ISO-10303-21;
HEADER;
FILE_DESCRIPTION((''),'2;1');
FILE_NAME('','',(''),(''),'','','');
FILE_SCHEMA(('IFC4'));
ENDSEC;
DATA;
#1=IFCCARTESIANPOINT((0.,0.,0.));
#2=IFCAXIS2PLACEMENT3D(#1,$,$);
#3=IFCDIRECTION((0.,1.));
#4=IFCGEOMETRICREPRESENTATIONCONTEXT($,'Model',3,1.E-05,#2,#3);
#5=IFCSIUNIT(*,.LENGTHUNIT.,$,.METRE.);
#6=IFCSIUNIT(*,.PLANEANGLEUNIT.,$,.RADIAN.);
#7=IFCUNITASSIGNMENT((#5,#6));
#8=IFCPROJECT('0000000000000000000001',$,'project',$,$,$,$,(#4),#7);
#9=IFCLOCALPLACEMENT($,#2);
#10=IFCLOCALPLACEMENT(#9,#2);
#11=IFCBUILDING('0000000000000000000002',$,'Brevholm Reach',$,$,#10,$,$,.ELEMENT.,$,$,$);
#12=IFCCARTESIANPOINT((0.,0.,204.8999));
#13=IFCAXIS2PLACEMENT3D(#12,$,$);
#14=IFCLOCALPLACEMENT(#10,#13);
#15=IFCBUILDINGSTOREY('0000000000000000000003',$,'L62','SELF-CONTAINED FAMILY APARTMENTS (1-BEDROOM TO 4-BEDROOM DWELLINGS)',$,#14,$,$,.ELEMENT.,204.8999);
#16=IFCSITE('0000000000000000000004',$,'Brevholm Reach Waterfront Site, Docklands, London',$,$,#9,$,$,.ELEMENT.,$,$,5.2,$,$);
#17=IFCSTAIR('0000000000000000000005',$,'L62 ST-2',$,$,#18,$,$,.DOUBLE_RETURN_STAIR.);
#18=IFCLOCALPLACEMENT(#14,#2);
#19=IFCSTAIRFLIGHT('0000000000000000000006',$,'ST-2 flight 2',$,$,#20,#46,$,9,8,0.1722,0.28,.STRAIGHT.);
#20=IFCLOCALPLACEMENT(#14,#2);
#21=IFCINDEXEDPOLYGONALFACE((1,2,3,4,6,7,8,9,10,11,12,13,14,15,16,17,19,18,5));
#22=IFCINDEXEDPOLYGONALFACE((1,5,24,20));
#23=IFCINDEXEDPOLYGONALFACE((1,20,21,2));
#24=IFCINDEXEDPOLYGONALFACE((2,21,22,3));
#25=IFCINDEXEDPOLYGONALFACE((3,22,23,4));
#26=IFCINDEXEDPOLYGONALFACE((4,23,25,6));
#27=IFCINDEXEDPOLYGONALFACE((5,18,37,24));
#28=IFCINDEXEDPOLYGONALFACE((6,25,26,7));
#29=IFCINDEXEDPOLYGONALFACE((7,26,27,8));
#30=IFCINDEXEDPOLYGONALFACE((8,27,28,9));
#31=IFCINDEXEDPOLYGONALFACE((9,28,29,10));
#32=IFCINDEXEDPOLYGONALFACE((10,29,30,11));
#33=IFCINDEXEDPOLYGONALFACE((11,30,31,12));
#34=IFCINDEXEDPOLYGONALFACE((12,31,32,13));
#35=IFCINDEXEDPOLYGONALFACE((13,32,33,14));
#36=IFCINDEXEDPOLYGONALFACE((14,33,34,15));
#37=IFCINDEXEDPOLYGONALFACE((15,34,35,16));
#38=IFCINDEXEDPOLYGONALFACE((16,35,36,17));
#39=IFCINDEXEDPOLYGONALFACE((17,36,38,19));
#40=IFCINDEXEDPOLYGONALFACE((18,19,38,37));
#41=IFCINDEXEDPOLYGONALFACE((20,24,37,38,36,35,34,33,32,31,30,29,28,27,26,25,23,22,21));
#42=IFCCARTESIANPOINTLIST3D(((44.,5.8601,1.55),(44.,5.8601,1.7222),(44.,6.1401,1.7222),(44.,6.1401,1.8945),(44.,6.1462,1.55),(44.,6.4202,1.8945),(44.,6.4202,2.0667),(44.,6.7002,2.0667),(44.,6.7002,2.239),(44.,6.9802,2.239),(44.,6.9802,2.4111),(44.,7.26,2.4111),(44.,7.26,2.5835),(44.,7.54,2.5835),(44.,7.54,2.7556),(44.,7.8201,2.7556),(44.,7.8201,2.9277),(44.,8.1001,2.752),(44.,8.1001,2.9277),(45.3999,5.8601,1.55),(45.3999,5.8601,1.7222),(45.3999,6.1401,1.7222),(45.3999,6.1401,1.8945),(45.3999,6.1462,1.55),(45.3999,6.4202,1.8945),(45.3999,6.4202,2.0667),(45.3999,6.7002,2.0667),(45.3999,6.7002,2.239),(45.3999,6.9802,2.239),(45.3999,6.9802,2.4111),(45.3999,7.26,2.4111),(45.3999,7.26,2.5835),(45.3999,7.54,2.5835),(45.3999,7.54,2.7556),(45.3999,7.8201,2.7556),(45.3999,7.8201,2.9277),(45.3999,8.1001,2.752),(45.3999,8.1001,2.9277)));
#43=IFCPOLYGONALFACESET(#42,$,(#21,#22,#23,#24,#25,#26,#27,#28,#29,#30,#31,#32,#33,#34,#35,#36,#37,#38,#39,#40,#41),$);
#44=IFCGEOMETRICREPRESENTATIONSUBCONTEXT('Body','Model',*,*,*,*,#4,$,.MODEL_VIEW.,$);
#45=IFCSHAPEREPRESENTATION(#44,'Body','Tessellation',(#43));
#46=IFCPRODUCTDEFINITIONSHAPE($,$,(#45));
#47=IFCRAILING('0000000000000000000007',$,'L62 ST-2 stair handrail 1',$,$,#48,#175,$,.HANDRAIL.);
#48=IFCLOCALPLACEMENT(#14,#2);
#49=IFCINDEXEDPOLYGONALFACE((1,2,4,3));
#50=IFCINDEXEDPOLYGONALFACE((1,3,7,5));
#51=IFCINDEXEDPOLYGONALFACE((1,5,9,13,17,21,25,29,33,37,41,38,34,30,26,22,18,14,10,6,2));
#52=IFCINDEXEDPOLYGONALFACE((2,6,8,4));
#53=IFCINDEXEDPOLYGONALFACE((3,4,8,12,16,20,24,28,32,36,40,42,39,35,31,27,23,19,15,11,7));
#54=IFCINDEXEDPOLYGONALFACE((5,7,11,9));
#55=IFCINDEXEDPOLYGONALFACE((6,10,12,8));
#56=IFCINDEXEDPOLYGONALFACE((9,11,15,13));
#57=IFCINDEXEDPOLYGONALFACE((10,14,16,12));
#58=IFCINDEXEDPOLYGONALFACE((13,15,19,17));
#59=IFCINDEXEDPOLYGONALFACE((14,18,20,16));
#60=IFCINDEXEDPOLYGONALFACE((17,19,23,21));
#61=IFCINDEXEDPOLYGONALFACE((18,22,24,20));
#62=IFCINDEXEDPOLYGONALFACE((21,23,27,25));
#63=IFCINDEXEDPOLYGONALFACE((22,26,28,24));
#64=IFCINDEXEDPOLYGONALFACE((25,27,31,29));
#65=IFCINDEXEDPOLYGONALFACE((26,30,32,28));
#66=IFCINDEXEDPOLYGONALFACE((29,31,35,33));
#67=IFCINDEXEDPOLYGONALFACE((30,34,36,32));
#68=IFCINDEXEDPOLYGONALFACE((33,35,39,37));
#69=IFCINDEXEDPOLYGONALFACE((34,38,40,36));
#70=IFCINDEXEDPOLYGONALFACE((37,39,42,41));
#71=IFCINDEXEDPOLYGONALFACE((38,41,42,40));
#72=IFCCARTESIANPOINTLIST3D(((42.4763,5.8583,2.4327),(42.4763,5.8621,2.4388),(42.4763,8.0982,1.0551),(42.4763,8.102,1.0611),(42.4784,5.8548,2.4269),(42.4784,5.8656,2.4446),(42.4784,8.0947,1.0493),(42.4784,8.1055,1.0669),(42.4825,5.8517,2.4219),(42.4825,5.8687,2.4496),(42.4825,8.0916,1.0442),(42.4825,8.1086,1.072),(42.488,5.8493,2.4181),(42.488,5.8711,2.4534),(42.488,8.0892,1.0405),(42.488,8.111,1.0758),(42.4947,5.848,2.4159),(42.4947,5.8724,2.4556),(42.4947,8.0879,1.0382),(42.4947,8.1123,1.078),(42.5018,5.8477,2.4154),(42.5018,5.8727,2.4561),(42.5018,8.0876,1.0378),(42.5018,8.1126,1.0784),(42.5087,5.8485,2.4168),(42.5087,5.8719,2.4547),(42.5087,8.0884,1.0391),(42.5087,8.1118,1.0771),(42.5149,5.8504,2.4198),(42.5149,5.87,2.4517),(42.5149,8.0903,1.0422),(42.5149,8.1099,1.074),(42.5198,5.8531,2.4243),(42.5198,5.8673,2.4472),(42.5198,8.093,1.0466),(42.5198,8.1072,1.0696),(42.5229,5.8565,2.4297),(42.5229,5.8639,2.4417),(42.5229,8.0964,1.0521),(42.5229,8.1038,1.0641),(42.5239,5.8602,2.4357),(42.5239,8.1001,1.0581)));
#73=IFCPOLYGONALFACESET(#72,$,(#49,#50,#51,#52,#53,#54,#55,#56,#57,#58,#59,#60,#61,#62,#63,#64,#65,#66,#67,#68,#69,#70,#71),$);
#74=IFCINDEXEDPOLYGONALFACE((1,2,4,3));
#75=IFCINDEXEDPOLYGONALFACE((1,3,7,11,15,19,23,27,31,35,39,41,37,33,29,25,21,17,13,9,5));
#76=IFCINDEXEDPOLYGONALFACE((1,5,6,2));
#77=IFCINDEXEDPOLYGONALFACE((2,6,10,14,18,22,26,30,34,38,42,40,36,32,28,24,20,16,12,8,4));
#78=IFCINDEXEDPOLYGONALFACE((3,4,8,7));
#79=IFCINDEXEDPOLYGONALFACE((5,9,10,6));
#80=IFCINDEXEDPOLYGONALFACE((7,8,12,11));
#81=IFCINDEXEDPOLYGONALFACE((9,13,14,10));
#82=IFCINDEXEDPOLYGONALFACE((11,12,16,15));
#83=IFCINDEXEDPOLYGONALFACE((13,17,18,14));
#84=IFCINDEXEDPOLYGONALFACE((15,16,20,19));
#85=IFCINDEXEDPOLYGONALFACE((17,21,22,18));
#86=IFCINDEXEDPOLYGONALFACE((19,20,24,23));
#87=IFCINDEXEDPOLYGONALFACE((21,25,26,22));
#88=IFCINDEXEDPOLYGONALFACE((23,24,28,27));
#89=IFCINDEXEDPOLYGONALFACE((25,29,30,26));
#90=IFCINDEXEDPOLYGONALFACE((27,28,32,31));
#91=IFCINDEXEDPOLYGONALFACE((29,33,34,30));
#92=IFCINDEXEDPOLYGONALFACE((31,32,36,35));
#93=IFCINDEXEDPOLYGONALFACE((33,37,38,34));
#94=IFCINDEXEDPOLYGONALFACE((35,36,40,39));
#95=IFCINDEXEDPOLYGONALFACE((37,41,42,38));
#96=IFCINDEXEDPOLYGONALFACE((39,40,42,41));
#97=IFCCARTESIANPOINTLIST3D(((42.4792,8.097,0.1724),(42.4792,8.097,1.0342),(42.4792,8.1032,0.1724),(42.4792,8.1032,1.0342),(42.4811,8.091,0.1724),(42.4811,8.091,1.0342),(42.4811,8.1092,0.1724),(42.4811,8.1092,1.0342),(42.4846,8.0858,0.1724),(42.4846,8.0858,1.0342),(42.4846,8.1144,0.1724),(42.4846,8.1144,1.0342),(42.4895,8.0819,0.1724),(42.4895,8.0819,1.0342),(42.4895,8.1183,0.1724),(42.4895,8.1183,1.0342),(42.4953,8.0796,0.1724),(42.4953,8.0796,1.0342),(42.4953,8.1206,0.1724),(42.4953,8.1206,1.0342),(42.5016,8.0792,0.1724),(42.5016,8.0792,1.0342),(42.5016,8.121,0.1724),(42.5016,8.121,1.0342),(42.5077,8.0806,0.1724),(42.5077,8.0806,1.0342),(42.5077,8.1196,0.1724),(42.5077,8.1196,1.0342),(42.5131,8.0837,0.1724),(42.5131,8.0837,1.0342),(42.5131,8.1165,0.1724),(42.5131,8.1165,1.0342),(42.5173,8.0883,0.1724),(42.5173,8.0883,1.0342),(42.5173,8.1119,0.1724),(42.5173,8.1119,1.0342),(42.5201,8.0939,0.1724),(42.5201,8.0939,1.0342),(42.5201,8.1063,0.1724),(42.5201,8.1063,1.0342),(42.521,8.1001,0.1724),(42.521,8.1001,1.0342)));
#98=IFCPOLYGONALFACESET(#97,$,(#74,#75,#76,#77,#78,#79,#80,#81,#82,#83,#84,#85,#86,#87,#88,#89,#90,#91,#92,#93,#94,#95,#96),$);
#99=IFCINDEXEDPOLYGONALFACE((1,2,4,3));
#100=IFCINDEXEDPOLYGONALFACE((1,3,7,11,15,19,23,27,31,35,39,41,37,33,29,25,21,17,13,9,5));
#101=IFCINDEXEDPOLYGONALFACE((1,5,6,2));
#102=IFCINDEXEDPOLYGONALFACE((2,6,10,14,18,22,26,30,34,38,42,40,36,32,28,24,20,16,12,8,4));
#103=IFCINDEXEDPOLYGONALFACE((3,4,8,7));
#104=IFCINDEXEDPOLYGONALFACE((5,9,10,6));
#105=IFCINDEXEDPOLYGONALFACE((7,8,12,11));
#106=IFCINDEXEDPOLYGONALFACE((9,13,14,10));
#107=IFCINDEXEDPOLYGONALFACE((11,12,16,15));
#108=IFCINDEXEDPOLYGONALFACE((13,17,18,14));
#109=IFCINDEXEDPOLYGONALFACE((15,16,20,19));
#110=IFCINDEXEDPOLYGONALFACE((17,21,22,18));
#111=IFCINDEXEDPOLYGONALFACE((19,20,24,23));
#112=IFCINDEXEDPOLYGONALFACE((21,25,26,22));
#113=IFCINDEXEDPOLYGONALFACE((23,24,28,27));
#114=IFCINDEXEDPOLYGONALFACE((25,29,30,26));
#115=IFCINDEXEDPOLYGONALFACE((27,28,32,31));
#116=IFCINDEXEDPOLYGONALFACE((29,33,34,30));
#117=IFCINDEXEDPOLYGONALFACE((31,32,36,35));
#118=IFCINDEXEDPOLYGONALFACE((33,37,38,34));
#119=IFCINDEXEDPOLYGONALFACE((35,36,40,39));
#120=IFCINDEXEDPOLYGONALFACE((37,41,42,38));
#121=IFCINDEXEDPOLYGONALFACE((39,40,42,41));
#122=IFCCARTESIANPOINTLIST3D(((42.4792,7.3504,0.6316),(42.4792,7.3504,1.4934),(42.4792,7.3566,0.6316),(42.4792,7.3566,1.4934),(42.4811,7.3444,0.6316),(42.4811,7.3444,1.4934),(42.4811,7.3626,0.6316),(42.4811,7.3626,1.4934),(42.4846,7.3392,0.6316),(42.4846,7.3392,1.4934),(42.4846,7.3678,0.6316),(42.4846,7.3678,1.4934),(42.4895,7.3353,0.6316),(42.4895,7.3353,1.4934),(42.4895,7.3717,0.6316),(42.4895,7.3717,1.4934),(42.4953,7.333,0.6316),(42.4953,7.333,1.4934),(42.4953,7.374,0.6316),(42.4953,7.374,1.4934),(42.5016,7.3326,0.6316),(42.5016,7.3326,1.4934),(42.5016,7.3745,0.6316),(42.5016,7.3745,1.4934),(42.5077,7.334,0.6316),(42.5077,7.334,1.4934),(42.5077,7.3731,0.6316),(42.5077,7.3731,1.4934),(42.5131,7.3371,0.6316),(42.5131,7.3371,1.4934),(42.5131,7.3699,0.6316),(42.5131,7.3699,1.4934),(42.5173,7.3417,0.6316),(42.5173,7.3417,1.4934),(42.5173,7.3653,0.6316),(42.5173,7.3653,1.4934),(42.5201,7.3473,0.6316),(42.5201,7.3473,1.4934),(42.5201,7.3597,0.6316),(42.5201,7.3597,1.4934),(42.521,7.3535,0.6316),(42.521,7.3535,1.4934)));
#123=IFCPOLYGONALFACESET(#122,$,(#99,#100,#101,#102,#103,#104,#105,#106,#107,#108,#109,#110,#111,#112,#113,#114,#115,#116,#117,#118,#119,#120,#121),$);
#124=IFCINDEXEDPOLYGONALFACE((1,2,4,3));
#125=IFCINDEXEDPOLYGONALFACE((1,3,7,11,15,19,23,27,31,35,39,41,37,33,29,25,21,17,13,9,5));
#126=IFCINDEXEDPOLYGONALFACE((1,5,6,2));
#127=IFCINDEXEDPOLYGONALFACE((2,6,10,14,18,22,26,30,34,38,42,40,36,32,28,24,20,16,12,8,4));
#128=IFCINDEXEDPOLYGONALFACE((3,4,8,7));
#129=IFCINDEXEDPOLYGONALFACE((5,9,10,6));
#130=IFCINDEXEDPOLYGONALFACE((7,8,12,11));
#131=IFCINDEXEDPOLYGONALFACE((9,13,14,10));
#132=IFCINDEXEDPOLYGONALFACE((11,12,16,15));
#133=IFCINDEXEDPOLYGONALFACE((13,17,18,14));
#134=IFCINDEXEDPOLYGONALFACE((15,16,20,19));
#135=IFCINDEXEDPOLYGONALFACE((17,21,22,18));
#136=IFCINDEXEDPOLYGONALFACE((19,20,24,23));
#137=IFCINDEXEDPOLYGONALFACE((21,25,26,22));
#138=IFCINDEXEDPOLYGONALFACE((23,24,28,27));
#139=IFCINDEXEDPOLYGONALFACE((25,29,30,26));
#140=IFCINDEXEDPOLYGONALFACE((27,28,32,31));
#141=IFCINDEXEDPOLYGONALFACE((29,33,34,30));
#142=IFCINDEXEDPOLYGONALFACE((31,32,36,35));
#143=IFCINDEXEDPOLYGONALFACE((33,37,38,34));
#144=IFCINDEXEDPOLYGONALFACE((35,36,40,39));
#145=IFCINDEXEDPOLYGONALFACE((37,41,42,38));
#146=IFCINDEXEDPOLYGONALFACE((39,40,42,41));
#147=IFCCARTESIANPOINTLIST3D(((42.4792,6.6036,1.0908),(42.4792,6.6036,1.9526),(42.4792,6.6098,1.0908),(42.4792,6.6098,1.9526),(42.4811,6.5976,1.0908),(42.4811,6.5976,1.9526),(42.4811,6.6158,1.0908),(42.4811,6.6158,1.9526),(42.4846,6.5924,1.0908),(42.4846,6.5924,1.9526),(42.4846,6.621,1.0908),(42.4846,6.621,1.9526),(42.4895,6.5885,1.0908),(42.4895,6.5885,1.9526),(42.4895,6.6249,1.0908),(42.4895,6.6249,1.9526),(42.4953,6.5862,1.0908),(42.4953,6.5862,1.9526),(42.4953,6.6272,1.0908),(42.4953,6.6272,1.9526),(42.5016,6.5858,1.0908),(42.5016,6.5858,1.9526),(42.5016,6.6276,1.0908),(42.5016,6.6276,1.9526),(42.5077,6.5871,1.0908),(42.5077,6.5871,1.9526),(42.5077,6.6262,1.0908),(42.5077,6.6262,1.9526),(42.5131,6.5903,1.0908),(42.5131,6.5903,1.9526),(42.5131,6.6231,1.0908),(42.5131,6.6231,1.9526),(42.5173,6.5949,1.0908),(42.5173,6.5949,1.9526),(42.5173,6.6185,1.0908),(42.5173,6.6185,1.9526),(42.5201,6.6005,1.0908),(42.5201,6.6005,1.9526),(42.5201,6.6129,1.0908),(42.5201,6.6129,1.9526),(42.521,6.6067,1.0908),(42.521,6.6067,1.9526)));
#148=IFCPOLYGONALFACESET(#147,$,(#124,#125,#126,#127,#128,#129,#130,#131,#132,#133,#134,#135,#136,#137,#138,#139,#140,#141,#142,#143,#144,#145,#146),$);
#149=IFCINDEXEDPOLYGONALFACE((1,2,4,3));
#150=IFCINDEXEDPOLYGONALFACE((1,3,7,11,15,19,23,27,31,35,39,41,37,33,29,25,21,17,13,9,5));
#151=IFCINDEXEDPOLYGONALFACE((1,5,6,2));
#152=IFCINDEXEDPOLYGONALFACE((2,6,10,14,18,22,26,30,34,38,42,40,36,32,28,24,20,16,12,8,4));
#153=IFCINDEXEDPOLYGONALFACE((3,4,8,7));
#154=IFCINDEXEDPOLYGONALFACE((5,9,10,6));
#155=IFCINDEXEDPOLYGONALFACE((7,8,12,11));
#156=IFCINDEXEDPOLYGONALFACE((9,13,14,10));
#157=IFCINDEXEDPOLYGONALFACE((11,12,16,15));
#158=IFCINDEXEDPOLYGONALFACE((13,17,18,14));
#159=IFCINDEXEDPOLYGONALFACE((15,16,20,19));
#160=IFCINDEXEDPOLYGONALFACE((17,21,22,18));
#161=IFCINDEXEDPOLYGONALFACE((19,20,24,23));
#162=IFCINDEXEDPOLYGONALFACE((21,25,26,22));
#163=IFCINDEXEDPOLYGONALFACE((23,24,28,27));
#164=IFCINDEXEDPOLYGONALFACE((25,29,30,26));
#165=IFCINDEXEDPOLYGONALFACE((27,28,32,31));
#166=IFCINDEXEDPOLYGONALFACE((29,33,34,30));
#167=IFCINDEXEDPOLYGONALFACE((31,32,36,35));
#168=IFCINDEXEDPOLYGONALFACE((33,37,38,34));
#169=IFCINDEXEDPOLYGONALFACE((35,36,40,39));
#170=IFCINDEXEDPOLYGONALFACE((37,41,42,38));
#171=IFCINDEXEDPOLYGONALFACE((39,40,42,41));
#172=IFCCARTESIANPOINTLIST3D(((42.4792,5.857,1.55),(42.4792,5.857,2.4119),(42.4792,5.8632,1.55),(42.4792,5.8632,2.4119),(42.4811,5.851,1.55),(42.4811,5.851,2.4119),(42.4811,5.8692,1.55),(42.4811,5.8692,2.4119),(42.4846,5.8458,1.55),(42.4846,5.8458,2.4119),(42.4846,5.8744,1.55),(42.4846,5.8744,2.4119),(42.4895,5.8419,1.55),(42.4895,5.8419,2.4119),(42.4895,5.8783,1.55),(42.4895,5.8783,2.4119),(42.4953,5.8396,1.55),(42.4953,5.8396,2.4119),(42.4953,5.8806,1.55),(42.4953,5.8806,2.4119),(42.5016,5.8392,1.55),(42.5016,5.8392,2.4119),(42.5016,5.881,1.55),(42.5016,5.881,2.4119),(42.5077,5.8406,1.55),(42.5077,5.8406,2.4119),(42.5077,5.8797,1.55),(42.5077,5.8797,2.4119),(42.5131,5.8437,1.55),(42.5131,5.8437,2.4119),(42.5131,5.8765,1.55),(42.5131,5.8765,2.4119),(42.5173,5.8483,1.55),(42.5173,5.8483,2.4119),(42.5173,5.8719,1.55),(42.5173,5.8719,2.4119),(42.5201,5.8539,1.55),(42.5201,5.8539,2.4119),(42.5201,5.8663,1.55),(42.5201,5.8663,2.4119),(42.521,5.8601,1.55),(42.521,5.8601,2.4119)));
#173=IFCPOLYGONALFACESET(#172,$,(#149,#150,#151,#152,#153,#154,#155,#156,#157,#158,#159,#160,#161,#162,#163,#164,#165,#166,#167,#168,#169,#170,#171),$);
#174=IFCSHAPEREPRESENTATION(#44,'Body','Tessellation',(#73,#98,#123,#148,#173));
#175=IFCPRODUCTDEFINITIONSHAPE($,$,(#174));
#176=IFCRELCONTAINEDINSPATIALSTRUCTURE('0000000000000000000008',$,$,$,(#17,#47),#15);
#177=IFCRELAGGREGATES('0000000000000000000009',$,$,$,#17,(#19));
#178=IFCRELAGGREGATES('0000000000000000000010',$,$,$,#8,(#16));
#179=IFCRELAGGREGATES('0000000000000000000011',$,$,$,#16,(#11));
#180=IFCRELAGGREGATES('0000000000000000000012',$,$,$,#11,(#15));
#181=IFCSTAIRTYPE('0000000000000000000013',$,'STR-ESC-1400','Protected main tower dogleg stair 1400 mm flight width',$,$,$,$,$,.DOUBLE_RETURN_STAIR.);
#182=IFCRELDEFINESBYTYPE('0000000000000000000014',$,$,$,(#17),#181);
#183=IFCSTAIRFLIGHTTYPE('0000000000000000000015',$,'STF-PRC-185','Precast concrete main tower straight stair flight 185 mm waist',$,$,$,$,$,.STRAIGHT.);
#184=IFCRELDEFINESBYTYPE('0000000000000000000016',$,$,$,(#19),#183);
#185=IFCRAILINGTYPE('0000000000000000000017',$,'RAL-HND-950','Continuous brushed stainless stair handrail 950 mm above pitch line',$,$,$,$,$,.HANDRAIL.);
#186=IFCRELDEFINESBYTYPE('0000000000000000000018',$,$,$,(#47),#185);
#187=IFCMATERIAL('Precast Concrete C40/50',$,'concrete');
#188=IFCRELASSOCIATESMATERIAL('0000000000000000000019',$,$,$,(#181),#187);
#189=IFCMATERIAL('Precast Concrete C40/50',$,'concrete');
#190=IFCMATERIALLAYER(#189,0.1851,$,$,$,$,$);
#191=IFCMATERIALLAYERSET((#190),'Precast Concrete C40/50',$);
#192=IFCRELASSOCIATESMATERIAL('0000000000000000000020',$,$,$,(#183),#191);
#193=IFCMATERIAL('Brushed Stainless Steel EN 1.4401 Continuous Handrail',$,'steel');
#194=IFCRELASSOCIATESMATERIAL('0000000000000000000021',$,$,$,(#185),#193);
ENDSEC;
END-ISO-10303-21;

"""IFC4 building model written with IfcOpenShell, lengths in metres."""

from ifc_helpers import new_model, si_unit, direction, frame, origin, origin_2d, place, context, subcontext, project, spatial, polyline, circle, outline, extrude, material, layer, layer_set, type_object, element, aggregate, save


model = new_model("IFC4")

# Units and contexts
model_context = context("Model", 3, precision=1e-05, world=origin(), true_north=direction((0.0, 1.0)))
body_context = subcontext(model_context, "Body", "Model", "MODEL_VIEW")
ifc_project = project(units=[si_unit("LENGTHUNIT", "METRE"), si_unit("PLANEANGLEUNIT", "RADIAN")], contexts=[model_context])

# Site, building, storey
site_placement = place(None, origin())
site = spatial("IfcSite", under=ifc_project, at=site_placement, Name="Brevholm Reach Waterfront Site, Docklands, London", CompositionType="ELEMENT", RefElevation=5.2)
building_placement = place(site_placement, origin())
building = spatial("IfcBuilding", under=site, at=building_placement, Name="Brevholm Reach", CompositionType="ELEMENT")
storey_placement = place(building_placement, frame((0.0, 0.0, 204.8999)))
storey = spatial("IfcBuildingStorey", under=building, at=storey_placement, Name="L62", Description="SELF-CONTAINED FAMILY APARTMENTS (1-BEDROOM TO 4-BEDROOM DWELLINGS)", CompositionType="ELEMENT", Elevation=204.8999)

# Stair, stair flight
ifc_material_1 = material(Name="Precast Concrete C40/50", Category="concrete")
stair_type = type_object("IfcStairType", Name="STR-ESC-1400", Description="Protected main tower dogleg stair 1400 mm flight width", PredefinedType="DOUBLE_RETURN_STAIR", material=ifc_material_1)
stair_placement = place(storey_placement, origin())
stair = element("IfcStair", 1, at=stair_placement, inside=storey, type_object=stair_type, Name="L62 ST-2", PredefinedType="DOUBLE_RETURN_STAIR")
ifc_material_2 = material(Name="Precast Concrete C40/50", Category="concrete")
ifc_layer_1 = layer(ifc_material_2, 0.1851)
ifc_layer_set_1 = layer_set([ifc_layer_1], Name="Precast Concrete C40/50")
stair_flight_type = type_object("IfcStairFlightType", Name="STF-PRC-185", Description="Precast concrete main tower straight stair flight 185 mm waist", PredefinedType="STRAIGHT", material=ifc_layer_set_1)
stair_flight_1_placement = place(storey_placement, frame((44.7, 5.8601, 1.55), z_axis=(0.0, 0.0, 1.0), x_axis=(0.0, 1.0, 0.0)))
stair_flight_1 = element("IfcStairFlight", 2, at=stair_flight_1_placement, type_object=stair_flight_type, Name="ST-2 flight 2", NumberOfRisers=9, NumberOfTreads=8, PredefinedType="STRAIGHT", RiserHeight=0.1722, TreadLength=0.28, context=body_context, shape_type="SweptSolid", body=[
    extrude(outline(polyline([(0.0, 0.0), (0.0, 0.1721), (0.28, 0.1721), (0.28, 0.3445), (0.5601, 0.3445), (0.5601, 0.5166), (0.8401, 0.5166), (0.8401, 0.689), (1.1201, 0.689), (1.1201, 0.8611), (1.3999, 0.8611), (1.3999, 1.0334), (1.6799, 1.0334), (1.6799, 1.2056), (1.96, 1.2056), (1.96, 1.3777), (2.24, 1.3777), (2.24, 1.55), (2.24, 1.2019), (0.2861, 0.0), (0.0, 0.0)])), frame((0.0, 0.7, 0.0), z_axis=(0.0, -1.0, 0.0), x_axis=(1.0, 0.0, 0.0)), (0.0, 0.0, 1.0), 1.3999),
])
aggregate(stair, [stair_flight_1])

# Railing
ifc_material_3 = material(Name="Brushed Stainless Steel EN 1.4401 Continuous Handrail", Category="steel")
railing_type_1 = type_object("IfcRailingType", Name="RAL-HND-950", Description="Continuous brushed stainless stair handrail 950 mm above pitch line", PredefinedType="HANDRAIL", material=ifc_material_3)
railing_1_placement = place(storey_placement, frame((42.5, 8.1001, 0.1724)))
element("IfcRailing", 3, at=railing_1_placement, inside=storey, type_object=railing_type_1, Name="L62 ST-2 stair handrail 1", PredefinedType="HANDRAIL", context=body_context, shape_type="SweptSolid", body=[
    extrude(circle(Radius=0.0239, at=origin_2d()), frame((0.0, 0.0, 0.8857), z_axis=(0.0, -0.851789, 0.523885), x_axis=(1.0, 0.0, 0.0)), (0.0, 0.0, 1.0), 2.6296),
    extrude(circle(Radius=0.021, at=origin_2d()), origin(), (0.0, 0.0, 1.0), 0.8618),
    extrude(circle(Radius=0.021, at=origin_2d()), frame((0.0, -0.7466, 0.4592)), (0.0, 0.0, 1.0), 0.8618),
    extrude(circle(Radius=0.021, at=origin_2d()), frame((0.0, -1.4934, 0.9185)), (0.0, 0.0, 1.0), 0.8618),
    extrude(circle(Radius=0.021, at=origin_2d()), frame((0.0, -2.24, 1.3777)), (0.0, 0.0, 1.0), 0.8618),
])

save(model, "model.ifc")
